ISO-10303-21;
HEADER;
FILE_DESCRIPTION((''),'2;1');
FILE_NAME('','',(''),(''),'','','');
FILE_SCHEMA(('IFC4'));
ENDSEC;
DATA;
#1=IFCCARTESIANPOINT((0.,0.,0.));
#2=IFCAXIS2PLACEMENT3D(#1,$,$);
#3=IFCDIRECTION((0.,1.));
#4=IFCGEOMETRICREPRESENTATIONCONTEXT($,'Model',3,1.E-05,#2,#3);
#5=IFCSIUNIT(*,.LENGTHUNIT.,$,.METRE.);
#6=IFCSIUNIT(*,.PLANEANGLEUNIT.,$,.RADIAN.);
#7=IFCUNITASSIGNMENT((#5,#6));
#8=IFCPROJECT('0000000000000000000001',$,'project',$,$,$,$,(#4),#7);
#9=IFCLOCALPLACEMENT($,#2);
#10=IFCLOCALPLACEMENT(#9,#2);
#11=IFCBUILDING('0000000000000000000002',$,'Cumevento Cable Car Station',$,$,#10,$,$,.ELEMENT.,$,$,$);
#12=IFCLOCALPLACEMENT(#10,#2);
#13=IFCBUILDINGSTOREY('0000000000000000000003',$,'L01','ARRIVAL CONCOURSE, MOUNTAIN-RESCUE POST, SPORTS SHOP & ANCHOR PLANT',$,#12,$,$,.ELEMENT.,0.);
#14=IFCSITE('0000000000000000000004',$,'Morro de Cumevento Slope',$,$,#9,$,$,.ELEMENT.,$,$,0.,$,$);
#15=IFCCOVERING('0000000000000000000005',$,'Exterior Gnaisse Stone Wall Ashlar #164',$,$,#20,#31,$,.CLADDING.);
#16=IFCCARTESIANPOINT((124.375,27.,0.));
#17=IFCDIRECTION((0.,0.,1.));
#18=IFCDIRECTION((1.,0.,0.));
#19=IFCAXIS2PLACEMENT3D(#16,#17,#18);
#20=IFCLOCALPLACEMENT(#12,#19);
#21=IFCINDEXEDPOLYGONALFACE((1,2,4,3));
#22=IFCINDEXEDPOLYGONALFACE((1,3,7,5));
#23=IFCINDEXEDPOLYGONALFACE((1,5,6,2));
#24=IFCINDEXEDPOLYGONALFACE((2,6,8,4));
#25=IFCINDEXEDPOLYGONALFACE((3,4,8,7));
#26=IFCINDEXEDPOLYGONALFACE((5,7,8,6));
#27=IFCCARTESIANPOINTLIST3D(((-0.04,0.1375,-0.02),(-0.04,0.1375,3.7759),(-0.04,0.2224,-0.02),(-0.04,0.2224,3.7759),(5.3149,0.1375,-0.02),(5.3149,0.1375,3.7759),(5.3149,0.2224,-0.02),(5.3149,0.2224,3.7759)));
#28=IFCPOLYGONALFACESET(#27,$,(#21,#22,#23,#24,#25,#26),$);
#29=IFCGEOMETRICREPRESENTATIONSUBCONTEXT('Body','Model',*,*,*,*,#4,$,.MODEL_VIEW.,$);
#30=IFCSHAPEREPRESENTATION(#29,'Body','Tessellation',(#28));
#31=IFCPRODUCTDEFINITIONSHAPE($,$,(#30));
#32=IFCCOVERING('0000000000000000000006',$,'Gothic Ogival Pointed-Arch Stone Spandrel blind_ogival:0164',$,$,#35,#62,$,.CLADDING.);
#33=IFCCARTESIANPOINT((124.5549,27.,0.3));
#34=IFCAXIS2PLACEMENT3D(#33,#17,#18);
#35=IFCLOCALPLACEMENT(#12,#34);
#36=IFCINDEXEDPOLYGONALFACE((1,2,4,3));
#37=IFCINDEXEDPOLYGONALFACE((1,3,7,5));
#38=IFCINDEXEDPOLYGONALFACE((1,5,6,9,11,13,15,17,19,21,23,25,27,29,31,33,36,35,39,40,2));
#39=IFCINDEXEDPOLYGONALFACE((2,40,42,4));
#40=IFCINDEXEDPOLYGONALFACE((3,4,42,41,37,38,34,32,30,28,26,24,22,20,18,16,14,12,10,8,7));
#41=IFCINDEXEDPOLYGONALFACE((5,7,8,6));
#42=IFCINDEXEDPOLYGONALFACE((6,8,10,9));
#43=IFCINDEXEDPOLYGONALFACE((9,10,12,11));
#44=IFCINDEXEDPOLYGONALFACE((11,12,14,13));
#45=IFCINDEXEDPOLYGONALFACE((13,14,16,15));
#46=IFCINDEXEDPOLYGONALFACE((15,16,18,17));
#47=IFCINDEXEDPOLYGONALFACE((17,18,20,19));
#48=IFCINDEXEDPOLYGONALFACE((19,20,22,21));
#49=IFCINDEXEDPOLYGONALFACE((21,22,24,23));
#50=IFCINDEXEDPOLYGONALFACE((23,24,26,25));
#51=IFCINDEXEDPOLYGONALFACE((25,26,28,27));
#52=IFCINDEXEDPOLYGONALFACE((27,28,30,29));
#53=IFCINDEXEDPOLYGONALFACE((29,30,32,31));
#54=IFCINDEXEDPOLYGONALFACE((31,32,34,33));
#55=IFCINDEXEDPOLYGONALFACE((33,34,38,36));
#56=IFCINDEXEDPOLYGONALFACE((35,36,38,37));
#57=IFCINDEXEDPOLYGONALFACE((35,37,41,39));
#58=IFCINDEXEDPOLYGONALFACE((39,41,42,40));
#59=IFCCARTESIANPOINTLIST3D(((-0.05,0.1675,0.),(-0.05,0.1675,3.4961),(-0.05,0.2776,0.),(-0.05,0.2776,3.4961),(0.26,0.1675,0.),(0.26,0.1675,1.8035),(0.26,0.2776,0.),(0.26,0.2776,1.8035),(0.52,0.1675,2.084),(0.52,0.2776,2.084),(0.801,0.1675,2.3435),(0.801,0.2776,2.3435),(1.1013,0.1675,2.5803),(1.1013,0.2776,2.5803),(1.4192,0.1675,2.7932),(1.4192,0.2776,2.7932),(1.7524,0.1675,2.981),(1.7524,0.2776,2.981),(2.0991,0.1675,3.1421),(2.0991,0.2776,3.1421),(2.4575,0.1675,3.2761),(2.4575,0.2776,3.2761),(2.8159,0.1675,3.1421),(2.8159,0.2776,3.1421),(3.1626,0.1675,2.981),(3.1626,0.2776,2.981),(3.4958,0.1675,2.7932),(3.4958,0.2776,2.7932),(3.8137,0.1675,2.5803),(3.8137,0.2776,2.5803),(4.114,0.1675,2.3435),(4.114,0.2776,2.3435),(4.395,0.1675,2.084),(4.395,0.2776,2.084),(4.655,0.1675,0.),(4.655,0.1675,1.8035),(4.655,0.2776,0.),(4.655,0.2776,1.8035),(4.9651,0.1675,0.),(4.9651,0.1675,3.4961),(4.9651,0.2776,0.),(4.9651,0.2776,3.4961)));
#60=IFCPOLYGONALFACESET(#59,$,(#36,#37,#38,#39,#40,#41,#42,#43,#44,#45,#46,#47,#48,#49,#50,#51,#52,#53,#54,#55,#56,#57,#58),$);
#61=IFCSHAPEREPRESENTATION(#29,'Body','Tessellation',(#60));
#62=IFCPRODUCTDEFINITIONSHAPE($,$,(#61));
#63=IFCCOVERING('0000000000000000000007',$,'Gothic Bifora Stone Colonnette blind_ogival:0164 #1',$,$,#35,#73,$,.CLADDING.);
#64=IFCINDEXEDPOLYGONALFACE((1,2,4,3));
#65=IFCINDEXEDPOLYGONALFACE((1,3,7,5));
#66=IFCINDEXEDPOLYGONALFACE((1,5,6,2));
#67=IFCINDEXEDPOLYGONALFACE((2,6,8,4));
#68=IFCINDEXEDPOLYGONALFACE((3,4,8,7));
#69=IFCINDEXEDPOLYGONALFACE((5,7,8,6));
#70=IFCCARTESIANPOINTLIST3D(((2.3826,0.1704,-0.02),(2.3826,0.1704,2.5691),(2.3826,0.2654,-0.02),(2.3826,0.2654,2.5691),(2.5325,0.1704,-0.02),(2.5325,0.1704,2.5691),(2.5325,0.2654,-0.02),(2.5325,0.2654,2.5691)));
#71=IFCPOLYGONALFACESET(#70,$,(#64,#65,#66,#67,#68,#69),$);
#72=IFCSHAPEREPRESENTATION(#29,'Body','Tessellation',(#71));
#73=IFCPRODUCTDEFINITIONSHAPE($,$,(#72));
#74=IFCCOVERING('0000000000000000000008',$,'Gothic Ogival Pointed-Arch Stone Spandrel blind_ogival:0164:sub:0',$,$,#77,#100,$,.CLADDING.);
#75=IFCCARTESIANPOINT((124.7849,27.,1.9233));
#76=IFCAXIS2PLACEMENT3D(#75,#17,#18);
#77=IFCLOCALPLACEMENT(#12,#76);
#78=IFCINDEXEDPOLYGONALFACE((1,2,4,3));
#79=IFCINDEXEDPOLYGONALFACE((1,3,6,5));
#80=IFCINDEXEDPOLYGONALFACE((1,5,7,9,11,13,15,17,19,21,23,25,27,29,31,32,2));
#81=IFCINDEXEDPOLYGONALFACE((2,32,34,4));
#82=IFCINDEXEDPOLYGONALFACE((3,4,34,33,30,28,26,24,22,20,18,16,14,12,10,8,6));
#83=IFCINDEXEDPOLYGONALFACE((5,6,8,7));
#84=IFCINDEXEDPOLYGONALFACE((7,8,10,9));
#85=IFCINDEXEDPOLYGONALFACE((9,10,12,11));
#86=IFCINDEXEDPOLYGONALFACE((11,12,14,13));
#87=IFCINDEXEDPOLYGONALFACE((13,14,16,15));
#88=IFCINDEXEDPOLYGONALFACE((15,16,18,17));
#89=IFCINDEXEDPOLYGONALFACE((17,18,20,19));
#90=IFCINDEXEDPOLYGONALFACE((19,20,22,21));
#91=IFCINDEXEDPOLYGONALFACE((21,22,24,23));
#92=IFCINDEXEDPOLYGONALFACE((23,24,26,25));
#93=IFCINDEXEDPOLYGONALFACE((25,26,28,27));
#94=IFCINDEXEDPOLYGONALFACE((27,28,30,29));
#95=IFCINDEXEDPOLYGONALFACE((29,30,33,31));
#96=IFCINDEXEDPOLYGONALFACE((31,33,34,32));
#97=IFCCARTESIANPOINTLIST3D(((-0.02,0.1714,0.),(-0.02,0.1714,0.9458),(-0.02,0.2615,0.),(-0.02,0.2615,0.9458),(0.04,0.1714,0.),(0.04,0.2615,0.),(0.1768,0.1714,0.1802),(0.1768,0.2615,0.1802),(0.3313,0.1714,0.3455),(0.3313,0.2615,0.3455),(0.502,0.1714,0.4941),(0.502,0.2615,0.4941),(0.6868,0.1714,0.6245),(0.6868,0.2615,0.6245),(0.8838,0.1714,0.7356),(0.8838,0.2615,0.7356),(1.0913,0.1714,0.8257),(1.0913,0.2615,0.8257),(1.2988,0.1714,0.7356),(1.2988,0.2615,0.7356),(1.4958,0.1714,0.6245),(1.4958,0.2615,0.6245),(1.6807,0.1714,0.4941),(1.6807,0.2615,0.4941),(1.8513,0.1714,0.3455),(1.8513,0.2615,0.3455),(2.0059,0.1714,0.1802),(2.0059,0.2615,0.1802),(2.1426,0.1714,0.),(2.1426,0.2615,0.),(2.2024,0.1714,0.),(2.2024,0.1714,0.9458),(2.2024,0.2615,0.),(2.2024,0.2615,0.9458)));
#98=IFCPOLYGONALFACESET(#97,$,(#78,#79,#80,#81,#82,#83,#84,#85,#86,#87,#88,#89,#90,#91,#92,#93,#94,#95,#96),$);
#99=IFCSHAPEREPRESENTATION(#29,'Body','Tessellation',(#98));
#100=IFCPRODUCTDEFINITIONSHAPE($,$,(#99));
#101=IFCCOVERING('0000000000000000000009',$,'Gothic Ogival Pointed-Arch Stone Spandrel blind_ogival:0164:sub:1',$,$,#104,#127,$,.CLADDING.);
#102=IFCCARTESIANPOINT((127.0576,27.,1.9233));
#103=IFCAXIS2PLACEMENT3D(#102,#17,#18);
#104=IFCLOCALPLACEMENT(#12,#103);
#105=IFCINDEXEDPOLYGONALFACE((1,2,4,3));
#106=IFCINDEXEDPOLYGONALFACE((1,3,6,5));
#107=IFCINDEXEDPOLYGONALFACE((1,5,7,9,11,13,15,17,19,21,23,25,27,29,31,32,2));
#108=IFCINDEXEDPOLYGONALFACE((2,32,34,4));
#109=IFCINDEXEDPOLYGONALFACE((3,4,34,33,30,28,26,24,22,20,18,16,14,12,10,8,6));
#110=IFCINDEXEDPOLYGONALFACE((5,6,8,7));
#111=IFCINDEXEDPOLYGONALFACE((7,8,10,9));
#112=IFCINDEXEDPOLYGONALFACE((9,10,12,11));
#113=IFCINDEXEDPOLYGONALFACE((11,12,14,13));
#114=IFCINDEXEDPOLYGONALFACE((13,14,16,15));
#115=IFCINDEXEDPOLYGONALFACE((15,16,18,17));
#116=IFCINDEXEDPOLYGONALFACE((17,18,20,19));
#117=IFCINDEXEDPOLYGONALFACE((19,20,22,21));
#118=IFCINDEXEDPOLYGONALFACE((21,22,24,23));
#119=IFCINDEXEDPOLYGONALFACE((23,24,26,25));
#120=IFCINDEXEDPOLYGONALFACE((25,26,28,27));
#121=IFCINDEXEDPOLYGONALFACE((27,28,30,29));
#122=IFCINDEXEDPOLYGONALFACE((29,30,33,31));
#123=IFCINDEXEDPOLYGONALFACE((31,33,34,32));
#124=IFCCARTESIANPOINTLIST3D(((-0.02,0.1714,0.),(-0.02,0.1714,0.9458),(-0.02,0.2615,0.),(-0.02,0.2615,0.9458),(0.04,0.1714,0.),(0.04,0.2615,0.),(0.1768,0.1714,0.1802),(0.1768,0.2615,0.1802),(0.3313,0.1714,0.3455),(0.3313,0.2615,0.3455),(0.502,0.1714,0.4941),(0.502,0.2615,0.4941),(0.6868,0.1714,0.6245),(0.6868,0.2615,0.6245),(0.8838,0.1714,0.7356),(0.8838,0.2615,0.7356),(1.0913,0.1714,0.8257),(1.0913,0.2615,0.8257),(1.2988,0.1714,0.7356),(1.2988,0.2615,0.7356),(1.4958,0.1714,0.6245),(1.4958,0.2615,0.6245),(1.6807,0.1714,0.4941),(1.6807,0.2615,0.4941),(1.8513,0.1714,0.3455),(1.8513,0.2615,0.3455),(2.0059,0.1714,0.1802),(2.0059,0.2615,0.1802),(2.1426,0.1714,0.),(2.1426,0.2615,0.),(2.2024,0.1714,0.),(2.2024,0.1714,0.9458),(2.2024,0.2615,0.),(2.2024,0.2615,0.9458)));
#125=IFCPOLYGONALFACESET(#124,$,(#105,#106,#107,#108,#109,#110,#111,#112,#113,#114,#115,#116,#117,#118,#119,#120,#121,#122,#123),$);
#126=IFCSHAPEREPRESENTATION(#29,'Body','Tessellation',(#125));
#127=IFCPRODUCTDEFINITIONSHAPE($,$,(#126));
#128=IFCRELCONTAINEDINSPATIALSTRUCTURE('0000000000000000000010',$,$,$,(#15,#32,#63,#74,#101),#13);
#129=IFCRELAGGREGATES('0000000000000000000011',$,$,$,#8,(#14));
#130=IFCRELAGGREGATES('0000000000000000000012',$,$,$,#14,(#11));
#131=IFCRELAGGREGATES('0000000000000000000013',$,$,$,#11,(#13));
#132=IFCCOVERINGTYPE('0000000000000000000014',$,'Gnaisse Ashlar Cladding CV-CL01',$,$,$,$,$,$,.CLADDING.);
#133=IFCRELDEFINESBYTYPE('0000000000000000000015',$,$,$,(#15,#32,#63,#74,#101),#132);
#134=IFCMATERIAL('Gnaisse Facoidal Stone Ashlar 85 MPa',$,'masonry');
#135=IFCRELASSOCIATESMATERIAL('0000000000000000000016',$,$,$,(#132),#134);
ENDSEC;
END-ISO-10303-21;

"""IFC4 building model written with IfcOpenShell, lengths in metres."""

from ifc_helpers import new_model, si_unit, direction, frame, origin, place, context, subcontext, project, spatial, polyline, outline, extrude, material, type_object, element, save


model = new_model("IFC4")

# Units and contexts
model_context = context("Model", 3, precision=1e-05, world=origin(), true_north=direction((0.0, 1.0)))
body_context = subcontext(model_context, "Body", "Model", "MODEL_VIEW")
ifc_project = project(units=[si_unit("LENGTHUNIT", "METRE"), si_unit("PLANEANGLEUNIT", "RADIAN")], contexts=[model_context])

# Site, building, storey
site_placement = place(None, origin())
site = spatial("IfcSite", under=ifc_project, at=site_placement, Name="Morro de Cumevento Slope", CompositionType="ELEMENT", RefElevation=0.0)
building_placement = place(site_placement, origin())
building = spatial("IfcBuilding", under=site, at=building_placement, Name="Cumevento Cable Car Station", CompositionType="ELEMENT")
storey_placement = place(building_placement, origin())
storey = spatial("IfcBuildingStorey", under=building, at=storey_placement, Name="L01", Description="ARRIVAL CONCOURSE, MOUNTAIN-RESCUE POST, SPORTS SHOP & ANCHOR PLANT", CompositionType="ELEMENT", Elevation=0.0)

# Coverings
ifc_material_1 = material(Name="Gnaisse Facoidal Stone Ashlar 85 MPa", Category="masonry")
covering_type = type_object("IfcCoveringType", Name="Gnaisse Ashlar Cladding CV-CL01", PredefinedType="CLADDING", material=ifc_material_1)
covering_1_placement = place(storey_placement, frame((124.375, 27.0, 0.0), z_axis=(0.0, 0.0, 1.0), x_axis=(1.0, 0.0, 0.0)))
element("IfcCovering", 1, at=covering_1_placement, inside=storey, type_object=covering_type, Name="Exterior Gnaisse Stone Wall Ashlar #164", PredefinedType="CLADDING", context=body_context, shape_type="SweptSolid", body=[
    extrude(outline(polyline([(-0.04, -0.02), (5.3149, -0.02), (5.3149, 3.7759), (-0.04, 3.7759), (-0.04, -0.02)])), frame((0.0, 0.2224, 0.0), z_axis=(0.0, -1.0, 0.0), x_axis=(1.0, 0.0, 0.0)), (0.0, 0.0, 1.0), 0.085),
])
placement = place(storey_placement, frame((124.5549, 27.0, 0.3), z_axis=(0.0, 0.0, 1.0), x_axis=(1.0, 0.0, 0.0)))
element("IfcCovering", 2, at=placement, inside=storey, type_object=covering_type, Name="Gothic Ogival Pointed-Arch Stone Spandrel blind_ogival:0164", PredefinedType="CLADDING", context=body_context, shape_type="SweptSolid", body=[
    extrude(outline(polyline([(-0.05, 0.0), (-0.05, 3.4961), (4.9651, 3.4961), (4.9651, 0.0), (4.655, 0.0), (4.655, 1.8035), (4.395, 2.084), (4.114, 2.3435), (3.8137, 2.5803), (3.4958, 2.7932), (3.1626, 2.981), (2.8159, 3.1421), (2.4575, 3.2761), (2.0991, 3.1421), (1.7524, 2.981), (1.4192, 2.7932), (1.1013, 2.5803), (0.801, 2.3435), (0.52, 2.084), (0.26, 1.8035), (0.26, 0.0), (-0.05, 0.0)])), frame((0.0, 0.2776, 0.0), z_axis=(0.0, -1.0, 0.0), x_axis=(1.0, 0.0, 0.0)), (0.0, 0.0, 1.0), 0.1101),
])
element("IfcCovering", 3, at=placement, inside=storey, type_object=covering_type, Name="Gothic Bifora Stone Colonnette blind_ogival:0164 #1", PredefinedType="CLADDING", context=body_context, shape_type="SweptSolid", body=[
    extrude(outline(polyline([(2.3826, -0.02), (2.5325, -0.02), (2.5325, 2.5691), (2.3826, 2.5691), (2.3826, -0.02)])), frame((0.0, 0.2654, 0.0), z_axis=(0.0, -1.0, 0.0), x_axis=(1.0, 0.0, 0.0)), (0.0, 0.0, 1.0), 0.095),
])
for number, where, z_axis, x_axis, name in (
    (4, (124.7849, 27.0, 1.9233), (0.0, 0.0, 1.0), (1.0, 0.0, 0.0), "Gothic Ogival Pointed-Arch Stone Spandrel blind_ogival:0164:sub:0"),
    (5, (127.0576, 27.0, 1.9233), (0.0, 0.0, 1.0), (1.0, 0.0, 0.0), "Gothic Ogival Pointed-Arch Stone Spandrel blind_ogival:0164:sub:1"),
):
    element("IfcCovering", number, at=place(storey_placement, frame(where, z_axis=z_axis, x_axis=x_axis)), inside=storey, type_object=covering_type, Name=name, PredefinedType="CLADDING", context=body_context, shape_type="SweptSolid", body=[
        extrude(outline(polyline([(-0.02, 0.0), (-0.02, 0.9458), (2.2024, 0.9458), (2.2024, 0.0), (2.1426, 0.0), (2.0059, 0.1802), (1.8513, 0.3455), (1.6807, 0.4941), (1.4958, 0.6245), (1.2988, 0.7356), (1.0913, 0.8257), (0.8838, 0.7356), (0.6868, 0.6245), (0.502, 0.4941), (0.3313, 0.3455), (0.1768, 0.1802), (0.04, 0.0), (-0.02, 0.0)])), frame((0.0, 0.2615, 0.0), z_axis=(0.0, -1.0, 0.0), x_axis=(1.0, 0.0, 0.0)), (0.0, 0.0, 1.0), 0.0901),
    ])

save(model, "model.ifc")
